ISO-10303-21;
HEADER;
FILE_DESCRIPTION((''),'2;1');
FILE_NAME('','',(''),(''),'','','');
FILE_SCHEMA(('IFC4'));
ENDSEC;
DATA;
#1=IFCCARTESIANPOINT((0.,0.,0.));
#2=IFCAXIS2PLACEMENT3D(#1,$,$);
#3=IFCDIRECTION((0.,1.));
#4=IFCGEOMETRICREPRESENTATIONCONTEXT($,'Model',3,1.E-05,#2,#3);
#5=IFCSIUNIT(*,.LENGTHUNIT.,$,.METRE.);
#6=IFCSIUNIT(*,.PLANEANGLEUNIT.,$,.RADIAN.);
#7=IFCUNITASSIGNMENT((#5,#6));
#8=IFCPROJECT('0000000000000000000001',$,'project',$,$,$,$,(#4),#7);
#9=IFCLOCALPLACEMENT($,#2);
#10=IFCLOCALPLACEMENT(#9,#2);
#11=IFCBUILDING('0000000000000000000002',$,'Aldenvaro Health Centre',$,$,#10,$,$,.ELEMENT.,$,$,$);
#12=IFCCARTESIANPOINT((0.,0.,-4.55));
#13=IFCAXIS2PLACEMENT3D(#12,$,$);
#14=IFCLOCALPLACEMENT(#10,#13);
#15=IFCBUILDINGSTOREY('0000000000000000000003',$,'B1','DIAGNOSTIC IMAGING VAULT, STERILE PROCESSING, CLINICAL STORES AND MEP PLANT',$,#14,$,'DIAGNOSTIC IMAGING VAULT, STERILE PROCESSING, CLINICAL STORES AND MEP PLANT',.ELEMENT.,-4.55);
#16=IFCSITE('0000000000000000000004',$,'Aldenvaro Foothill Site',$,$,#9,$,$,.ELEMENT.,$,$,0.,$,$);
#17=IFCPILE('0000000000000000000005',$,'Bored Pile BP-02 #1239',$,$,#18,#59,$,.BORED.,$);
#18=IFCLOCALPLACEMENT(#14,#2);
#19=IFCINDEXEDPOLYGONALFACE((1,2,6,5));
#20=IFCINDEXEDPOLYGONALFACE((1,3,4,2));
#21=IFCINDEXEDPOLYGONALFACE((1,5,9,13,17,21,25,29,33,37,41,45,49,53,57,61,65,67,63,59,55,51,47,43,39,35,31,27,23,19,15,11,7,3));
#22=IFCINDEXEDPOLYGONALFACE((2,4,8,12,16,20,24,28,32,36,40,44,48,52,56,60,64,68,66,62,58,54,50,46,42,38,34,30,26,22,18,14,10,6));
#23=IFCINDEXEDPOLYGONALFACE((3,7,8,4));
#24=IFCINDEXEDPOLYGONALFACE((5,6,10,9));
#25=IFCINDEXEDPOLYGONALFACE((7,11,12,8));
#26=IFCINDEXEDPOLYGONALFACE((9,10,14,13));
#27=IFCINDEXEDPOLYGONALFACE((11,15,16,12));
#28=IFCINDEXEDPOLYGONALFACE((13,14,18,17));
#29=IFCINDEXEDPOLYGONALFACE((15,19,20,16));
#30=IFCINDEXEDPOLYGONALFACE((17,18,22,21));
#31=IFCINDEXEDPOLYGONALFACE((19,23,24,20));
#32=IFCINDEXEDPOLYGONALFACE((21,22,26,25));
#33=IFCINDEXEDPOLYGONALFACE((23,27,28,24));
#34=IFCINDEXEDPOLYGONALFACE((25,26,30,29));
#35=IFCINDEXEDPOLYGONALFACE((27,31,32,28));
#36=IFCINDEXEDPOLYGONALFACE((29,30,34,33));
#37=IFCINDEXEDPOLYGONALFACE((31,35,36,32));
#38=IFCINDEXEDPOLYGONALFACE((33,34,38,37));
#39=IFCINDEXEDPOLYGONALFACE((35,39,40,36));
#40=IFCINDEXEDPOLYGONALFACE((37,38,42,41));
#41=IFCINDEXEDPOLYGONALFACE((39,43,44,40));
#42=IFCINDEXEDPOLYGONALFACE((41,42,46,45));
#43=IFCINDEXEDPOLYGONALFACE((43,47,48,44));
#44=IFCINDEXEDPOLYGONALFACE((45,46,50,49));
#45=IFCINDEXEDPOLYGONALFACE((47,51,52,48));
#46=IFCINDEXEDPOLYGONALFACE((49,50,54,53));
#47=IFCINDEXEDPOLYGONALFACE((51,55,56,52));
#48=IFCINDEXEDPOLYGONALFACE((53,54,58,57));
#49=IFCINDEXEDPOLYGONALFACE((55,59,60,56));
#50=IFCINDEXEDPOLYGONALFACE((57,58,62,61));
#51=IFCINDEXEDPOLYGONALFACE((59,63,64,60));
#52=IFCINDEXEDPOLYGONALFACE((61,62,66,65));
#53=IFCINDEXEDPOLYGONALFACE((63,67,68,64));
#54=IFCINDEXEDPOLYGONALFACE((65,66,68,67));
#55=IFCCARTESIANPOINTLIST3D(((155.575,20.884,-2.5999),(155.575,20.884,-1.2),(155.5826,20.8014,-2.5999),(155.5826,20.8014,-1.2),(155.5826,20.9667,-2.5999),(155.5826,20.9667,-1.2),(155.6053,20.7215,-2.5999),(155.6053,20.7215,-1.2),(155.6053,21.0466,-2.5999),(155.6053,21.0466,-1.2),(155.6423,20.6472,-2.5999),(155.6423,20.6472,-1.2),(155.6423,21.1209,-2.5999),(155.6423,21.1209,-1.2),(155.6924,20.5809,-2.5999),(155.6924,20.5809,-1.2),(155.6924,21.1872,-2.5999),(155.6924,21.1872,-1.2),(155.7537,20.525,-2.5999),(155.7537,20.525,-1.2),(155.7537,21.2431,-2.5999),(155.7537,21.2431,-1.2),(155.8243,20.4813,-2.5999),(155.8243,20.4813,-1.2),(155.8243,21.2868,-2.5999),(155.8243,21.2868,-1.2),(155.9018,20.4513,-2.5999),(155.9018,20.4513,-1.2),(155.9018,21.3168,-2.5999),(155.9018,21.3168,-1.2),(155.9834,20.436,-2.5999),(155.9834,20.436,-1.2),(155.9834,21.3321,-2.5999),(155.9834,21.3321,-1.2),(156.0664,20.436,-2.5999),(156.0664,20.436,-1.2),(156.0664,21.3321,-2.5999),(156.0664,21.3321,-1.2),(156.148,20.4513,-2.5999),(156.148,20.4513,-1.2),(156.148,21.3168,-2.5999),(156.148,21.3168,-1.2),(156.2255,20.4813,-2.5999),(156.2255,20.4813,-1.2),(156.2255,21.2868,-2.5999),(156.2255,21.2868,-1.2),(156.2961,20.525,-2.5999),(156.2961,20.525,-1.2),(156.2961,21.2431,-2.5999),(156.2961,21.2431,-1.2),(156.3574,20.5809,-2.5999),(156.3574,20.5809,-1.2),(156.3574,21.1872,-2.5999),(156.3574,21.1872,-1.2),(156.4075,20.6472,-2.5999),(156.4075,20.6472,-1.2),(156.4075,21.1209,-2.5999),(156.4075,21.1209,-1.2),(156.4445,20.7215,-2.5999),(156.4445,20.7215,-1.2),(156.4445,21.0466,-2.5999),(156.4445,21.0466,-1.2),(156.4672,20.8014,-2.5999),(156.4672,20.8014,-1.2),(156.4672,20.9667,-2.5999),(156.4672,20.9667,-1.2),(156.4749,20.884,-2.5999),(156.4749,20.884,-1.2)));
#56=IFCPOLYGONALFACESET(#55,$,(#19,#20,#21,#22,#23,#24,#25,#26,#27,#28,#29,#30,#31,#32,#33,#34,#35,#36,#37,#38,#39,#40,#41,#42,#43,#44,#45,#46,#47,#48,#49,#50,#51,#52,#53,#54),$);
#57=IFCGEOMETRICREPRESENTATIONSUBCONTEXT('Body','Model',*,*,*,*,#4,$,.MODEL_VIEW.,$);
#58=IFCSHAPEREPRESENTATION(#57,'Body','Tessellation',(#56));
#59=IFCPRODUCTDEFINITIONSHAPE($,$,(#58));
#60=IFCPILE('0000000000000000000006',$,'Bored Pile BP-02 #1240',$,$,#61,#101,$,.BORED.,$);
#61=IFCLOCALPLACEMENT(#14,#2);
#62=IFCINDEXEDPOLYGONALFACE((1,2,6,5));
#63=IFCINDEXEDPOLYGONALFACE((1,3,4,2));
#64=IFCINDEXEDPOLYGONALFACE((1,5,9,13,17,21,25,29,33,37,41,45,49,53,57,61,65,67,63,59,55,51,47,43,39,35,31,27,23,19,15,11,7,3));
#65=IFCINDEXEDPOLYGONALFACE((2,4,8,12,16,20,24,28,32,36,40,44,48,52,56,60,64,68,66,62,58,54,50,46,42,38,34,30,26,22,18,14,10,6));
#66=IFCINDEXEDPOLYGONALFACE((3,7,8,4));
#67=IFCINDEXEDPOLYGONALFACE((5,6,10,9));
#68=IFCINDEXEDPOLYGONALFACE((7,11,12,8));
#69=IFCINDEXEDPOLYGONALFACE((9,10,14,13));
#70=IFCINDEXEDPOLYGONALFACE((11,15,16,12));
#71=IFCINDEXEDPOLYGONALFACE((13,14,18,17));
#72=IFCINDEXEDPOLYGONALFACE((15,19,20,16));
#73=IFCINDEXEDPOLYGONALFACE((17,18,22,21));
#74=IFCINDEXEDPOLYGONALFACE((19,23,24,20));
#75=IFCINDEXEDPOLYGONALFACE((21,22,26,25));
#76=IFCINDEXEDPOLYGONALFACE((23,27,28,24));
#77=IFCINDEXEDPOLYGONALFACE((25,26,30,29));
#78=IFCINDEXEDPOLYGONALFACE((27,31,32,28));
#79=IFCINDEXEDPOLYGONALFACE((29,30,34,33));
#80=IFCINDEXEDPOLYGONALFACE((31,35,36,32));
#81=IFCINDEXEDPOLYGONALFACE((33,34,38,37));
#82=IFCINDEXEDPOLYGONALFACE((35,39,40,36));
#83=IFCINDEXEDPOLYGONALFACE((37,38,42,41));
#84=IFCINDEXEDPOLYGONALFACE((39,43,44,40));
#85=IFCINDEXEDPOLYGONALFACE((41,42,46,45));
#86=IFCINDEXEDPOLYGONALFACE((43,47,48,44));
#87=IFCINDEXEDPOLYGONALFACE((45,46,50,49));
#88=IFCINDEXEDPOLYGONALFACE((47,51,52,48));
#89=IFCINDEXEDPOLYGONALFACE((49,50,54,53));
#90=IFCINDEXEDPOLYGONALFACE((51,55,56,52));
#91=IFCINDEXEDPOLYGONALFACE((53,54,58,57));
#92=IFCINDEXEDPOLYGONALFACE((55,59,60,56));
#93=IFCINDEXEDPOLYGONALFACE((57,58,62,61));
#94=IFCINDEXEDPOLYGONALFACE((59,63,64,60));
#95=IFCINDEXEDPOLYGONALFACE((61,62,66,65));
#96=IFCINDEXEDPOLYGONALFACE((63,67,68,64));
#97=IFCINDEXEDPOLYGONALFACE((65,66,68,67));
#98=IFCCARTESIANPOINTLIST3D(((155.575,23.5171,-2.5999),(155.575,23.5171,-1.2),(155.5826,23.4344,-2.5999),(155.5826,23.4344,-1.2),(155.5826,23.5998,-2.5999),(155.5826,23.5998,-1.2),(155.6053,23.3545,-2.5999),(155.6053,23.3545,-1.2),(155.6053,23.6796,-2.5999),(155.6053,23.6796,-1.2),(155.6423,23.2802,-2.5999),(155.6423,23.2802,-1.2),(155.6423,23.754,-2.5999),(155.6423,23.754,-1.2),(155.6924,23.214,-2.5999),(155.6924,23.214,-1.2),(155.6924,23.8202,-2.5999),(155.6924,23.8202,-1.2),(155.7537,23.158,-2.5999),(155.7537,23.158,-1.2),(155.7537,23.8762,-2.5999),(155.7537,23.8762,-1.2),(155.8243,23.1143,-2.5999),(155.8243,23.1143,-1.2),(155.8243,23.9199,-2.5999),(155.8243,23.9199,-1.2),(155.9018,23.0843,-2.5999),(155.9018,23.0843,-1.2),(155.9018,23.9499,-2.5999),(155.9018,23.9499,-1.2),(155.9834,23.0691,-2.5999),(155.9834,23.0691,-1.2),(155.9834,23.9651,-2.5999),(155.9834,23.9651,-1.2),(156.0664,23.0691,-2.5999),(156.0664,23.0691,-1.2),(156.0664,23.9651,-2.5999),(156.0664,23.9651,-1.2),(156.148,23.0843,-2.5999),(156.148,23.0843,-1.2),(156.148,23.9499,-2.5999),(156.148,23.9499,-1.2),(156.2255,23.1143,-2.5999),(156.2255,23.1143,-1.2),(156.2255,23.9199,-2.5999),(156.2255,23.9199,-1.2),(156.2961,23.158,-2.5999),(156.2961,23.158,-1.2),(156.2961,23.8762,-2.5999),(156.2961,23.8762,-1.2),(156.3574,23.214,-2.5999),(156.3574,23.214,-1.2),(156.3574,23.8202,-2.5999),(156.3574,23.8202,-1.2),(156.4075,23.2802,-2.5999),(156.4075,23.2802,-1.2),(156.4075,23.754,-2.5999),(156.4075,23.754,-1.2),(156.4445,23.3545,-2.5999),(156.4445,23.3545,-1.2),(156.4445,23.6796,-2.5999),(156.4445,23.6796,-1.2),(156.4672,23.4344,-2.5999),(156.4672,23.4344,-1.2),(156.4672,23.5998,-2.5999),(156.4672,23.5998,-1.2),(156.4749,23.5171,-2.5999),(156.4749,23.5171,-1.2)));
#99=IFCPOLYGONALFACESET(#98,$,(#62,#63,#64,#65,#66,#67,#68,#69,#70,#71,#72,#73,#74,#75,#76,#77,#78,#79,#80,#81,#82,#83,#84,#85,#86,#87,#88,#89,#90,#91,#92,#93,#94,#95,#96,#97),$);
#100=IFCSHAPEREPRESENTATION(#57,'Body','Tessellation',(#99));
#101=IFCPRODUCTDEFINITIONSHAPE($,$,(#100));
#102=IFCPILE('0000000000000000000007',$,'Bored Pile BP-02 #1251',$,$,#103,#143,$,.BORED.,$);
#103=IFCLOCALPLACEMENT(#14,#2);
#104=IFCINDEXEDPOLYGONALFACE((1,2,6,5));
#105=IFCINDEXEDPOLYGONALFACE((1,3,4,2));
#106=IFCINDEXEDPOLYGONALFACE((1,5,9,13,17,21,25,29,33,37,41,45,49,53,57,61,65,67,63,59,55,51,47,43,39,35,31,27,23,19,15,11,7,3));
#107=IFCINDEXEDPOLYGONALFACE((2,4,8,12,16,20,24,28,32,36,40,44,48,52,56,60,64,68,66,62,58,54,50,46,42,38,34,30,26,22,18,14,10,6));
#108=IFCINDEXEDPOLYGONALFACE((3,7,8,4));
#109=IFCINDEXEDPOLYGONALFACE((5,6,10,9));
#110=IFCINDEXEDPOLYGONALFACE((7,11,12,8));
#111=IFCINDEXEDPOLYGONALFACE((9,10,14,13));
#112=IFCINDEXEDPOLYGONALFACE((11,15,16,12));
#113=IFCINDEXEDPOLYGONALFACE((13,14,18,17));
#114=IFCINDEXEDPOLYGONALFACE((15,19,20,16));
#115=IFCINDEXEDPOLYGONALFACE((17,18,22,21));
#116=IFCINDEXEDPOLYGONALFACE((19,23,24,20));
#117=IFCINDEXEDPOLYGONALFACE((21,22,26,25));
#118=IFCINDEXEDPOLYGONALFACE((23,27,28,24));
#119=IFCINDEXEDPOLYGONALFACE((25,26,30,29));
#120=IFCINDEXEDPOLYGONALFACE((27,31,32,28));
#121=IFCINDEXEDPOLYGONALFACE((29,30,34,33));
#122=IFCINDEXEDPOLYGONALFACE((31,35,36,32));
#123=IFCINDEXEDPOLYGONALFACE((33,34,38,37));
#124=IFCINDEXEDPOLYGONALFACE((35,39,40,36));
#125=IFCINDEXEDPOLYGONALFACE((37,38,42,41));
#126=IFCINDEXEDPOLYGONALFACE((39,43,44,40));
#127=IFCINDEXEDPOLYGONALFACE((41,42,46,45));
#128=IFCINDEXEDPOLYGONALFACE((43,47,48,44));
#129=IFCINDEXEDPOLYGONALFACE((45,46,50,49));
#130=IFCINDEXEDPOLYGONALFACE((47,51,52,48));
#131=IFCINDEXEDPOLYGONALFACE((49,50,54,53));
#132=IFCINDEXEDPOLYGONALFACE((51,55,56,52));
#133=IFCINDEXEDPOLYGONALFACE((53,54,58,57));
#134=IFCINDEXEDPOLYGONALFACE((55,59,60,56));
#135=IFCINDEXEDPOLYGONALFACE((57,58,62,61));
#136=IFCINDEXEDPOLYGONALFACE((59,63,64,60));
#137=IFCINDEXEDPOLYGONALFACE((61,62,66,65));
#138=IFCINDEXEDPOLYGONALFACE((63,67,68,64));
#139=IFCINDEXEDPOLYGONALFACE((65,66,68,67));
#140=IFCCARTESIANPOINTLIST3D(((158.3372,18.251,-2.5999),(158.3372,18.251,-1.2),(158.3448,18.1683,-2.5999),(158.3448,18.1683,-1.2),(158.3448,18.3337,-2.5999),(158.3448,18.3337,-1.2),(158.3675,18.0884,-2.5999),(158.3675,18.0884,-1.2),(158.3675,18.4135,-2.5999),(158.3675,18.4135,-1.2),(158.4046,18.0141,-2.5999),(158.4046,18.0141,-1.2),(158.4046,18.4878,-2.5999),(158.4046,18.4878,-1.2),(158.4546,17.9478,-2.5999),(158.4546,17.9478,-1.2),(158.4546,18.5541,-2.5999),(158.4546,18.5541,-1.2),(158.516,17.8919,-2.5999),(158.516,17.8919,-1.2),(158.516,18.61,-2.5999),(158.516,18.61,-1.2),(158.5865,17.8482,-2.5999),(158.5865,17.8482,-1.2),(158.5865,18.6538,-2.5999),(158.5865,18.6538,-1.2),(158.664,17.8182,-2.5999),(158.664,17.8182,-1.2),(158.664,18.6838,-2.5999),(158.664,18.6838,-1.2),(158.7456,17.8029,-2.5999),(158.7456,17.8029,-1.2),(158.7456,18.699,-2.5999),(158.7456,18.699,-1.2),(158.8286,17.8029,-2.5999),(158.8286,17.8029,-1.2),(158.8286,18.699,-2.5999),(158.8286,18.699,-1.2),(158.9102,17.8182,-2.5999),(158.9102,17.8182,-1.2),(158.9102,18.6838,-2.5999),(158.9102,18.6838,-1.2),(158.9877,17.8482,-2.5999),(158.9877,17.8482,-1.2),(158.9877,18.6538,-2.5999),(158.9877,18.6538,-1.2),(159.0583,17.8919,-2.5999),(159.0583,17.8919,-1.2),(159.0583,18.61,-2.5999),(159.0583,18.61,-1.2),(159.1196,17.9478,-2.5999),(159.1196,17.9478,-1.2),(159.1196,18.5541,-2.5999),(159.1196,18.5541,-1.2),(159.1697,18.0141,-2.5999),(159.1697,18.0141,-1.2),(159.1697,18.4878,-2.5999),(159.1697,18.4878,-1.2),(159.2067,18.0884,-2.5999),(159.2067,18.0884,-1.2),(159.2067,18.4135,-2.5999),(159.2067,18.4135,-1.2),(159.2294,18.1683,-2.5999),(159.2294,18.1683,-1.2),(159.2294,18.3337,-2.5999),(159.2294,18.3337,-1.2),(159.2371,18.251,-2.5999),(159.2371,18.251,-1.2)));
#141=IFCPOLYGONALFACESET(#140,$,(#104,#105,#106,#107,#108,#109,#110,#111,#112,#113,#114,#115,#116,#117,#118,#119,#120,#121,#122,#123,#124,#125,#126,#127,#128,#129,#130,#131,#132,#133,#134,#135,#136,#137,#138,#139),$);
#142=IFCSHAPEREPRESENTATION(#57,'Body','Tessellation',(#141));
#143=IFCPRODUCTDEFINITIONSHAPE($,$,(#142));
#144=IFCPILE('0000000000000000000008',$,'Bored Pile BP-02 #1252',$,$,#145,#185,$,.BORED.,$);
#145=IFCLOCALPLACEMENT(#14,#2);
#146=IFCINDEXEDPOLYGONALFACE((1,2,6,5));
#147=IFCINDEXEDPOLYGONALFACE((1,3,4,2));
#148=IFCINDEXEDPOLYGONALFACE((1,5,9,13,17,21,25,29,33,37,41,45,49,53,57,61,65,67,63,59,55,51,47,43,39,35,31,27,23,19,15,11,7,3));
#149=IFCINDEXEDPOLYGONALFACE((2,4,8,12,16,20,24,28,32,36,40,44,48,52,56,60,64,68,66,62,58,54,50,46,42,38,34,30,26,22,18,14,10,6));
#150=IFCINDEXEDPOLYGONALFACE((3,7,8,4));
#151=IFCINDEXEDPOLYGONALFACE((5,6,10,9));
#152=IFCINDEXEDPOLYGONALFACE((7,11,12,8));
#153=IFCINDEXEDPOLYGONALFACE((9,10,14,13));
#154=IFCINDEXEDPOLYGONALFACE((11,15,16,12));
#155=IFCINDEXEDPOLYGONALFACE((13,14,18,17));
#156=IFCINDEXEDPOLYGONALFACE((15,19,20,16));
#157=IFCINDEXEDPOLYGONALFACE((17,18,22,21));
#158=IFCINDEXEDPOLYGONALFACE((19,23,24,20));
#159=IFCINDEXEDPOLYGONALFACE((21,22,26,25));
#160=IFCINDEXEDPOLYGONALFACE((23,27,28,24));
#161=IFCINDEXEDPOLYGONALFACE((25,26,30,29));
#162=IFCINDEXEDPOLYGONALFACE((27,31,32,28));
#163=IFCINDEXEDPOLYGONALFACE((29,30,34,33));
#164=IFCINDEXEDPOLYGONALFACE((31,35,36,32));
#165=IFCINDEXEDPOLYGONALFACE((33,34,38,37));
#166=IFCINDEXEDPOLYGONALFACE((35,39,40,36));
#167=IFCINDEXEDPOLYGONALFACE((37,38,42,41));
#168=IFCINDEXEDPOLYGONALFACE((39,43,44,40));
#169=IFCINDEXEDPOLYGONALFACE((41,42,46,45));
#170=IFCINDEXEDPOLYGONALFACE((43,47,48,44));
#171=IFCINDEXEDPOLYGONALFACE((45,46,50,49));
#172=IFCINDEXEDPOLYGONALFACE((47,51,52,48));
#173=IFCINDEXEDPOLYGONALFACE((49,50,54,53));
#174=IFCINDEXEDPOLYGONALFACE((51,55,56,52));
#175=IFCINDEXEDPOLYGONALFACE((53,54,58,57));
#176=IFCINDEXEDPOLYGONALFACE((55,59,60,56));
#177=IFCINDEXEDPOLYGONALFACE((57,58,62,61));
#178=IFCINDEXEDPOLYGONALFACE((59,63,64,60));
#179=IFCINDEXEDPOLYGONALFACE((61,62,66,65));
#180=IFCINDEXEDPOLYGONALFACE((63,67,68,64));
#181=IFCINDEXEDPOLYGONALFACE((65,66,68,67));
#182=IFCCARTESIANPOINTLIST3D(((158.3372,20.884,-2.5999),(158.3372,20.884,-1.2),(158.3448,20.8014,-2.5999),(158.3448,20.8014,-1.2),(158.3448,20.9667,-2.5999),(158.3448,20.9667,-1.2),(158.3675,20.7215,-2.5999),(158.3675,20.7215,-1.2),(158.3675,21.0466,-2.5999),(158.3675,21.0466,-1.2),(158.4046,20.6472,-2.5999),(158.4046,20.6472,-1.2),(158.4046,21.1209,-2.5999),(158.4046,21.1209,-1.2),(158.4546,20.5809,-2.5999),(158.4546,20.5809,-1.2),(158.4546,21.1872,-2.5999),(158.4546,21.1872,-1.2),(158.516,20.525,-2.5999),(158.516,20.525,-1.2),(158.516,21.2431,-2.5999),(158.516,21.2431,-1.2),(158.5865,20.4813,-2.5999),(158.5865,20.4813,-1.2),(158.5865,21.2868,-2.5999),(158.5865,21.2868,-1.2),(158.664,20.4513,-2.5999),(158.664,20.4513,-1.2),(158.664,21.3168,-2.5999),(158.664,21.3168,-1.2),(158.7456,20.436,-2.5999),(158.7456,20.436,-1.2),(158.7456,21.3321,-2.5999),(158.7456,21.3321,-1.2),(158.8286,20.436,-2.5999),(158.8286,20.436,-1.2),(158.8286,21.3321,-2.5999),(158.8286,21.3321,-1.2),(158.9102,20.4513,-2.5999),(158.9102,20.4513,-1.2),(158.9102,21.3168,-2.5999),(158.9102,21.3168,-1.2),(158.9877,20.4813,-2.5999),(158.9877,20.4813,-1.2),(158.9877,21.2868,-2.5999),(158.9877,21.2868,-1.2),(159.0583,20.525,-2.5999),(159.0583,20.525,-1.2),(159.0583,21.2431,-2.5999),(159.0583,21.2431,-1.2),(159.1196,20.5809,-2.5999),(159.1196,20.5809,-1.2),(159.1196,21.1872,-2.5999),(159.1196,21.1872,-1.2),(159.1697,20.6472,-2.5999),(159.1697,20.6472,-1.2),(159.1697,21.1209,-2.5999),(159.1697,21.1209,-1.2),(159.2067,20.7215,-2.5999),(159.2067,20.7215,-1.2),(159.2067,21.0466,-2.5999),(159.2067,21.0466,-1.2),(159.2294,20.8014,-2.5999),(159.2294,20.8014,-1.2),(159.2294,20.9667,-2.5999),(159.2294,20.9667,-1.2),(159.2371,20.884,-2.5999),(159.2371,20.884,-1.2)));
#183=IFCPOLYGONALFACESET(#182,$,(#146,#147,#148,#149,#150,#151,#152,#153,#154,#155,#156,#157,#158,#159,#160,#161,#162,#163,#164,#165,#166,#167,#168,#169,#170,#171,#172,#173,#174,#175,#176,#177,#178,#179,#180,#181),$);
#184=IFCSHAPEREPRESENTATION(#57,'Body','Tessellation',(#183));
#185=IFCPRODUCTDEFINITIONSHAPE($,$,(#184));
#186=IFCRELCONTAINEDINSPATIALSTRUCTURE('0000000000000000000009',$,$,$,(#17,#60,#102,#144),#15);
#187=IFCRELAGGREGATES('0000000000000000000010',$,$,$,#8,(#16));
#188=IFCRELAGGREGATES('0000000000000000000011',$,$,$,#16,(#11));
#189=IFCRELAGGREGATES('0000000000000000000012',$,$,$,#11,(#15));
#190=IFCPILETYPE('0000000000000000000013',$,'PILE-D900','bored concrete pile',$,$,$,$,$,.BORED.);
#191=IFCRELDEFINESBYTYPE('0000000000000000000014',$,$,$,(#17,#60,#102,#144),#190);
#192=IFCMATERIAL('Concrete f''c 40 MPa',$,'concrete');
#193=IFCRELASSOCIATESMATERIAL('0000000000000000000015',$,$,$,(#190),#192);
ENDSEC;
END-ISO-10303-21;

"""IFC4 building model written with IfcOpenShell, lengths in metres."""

from ifc_helpers import new_model, si_unit, direction, frame, origin, origin_2d, place, context, subcontext, project, spatial, circle, extrude, material, material_profile, profile_set, type_object, element, save


model = new_model("IFC4")

# Units and contexts
model_context = context("Model", 3, precision=1e-05, world=origin(), true_north=direction((0.0, 1.0)))
body_context = subcontext(model_context, "Body", "Model", "MODEL_VIEW")
ifc_project = project(units=[si_unit("LENGTHUNIT", "METRE"), si_unit("PLANEANGLEUNIT", "RADIAN")], contexts=[model_context])

# Site, building, storey
site_placement = place(None, origin())
site = spatial("IfcSite", under=ifc_project, at=site_placement, Name="Aldenvaro Foothill Site", CompositionType="ELEMENT", RefElevation=0.0)
building_placement = place(site_placement, origin())
building = spatial("IfcBuilding", under=site, at=building_placement, Name="Aldenvaro Health Centre", CompositionType="ELEMENT")
storey_placement = place(building_placement, frame((0.0, 0.0, -4.55)))
storey = spatial("IfcBuildingStorey", under=building, at=storey_placement, Name="B1", Description="DIAGNOSTIC IMAGING VAULT, STERILE PROCESSING, CLINICAL STORES AND MEP PLANT", LongName="DIAGNOSTIC IMAGING VAULT, STERILE PROCESSING, CLINICAL STORES AND MEP PLANT", CompositionType="ELEMENT", Elevation=-4.55)

# Shared definitions
ifc_material_1 = material(Name="Concrete f'c 40 MPa", Category="concrete")

# Piles
ifc_material_profile_1 = material_profile(ifc_material_1, circle(Radius=0.45, at=origin_2d()), Name="PILE D900", Category="concrete")
ifc_profile_set_1 = profile_set([ifc_material_profile_1], Name="Concrete f'c 40 MPa")
pile_type = type_object("IfcPileType", Name="PILE-D900", Description="bored concrete pile", PredefinedType="BORED", material=ifc_profile_set_1)
for number, where, z_axis, x_axis, name in (
    (1, (156.0249, 20.884, -1.2), (0.0, 0.0, -1.0), (1.0, 0.0, 0.0), "Bored Pile BP-02 #1239"),
    (2, (156.0249, 23.5171, -1.2), (0.0, 0.0, -1.0), (1.0, 0.0, 0.0), "Bored Pile BP-02 #1240"),
    (3, (158.7871, 18.251, -1.2), (0.0, 0.0, -1.0), (1.0, 0.0, 0.0), "Bored Pile BP-02 #1251"),
    (4, (158.7871, 20.884, -1.2), (0.0, 0.0, -1.0), (1.0, 0.0, 0.0), "Bored Pile BP-02 #1252"),
):
    element("IfcPile", number, at=place(storey_placement, frame(where, z_axis=z_axis, x_axis=x_axis)), inside=storey, type_object=pile_type, Name=name, PredefinedType="BORED", context=body_context, shape_type="SweptSolid", body=[
        extrude(circle(Radius=0.45, at=origin_2d()), origin(), (0.0, 0.0, 1.0), 1.3999),
    ])

save(model, "model.ifc")
